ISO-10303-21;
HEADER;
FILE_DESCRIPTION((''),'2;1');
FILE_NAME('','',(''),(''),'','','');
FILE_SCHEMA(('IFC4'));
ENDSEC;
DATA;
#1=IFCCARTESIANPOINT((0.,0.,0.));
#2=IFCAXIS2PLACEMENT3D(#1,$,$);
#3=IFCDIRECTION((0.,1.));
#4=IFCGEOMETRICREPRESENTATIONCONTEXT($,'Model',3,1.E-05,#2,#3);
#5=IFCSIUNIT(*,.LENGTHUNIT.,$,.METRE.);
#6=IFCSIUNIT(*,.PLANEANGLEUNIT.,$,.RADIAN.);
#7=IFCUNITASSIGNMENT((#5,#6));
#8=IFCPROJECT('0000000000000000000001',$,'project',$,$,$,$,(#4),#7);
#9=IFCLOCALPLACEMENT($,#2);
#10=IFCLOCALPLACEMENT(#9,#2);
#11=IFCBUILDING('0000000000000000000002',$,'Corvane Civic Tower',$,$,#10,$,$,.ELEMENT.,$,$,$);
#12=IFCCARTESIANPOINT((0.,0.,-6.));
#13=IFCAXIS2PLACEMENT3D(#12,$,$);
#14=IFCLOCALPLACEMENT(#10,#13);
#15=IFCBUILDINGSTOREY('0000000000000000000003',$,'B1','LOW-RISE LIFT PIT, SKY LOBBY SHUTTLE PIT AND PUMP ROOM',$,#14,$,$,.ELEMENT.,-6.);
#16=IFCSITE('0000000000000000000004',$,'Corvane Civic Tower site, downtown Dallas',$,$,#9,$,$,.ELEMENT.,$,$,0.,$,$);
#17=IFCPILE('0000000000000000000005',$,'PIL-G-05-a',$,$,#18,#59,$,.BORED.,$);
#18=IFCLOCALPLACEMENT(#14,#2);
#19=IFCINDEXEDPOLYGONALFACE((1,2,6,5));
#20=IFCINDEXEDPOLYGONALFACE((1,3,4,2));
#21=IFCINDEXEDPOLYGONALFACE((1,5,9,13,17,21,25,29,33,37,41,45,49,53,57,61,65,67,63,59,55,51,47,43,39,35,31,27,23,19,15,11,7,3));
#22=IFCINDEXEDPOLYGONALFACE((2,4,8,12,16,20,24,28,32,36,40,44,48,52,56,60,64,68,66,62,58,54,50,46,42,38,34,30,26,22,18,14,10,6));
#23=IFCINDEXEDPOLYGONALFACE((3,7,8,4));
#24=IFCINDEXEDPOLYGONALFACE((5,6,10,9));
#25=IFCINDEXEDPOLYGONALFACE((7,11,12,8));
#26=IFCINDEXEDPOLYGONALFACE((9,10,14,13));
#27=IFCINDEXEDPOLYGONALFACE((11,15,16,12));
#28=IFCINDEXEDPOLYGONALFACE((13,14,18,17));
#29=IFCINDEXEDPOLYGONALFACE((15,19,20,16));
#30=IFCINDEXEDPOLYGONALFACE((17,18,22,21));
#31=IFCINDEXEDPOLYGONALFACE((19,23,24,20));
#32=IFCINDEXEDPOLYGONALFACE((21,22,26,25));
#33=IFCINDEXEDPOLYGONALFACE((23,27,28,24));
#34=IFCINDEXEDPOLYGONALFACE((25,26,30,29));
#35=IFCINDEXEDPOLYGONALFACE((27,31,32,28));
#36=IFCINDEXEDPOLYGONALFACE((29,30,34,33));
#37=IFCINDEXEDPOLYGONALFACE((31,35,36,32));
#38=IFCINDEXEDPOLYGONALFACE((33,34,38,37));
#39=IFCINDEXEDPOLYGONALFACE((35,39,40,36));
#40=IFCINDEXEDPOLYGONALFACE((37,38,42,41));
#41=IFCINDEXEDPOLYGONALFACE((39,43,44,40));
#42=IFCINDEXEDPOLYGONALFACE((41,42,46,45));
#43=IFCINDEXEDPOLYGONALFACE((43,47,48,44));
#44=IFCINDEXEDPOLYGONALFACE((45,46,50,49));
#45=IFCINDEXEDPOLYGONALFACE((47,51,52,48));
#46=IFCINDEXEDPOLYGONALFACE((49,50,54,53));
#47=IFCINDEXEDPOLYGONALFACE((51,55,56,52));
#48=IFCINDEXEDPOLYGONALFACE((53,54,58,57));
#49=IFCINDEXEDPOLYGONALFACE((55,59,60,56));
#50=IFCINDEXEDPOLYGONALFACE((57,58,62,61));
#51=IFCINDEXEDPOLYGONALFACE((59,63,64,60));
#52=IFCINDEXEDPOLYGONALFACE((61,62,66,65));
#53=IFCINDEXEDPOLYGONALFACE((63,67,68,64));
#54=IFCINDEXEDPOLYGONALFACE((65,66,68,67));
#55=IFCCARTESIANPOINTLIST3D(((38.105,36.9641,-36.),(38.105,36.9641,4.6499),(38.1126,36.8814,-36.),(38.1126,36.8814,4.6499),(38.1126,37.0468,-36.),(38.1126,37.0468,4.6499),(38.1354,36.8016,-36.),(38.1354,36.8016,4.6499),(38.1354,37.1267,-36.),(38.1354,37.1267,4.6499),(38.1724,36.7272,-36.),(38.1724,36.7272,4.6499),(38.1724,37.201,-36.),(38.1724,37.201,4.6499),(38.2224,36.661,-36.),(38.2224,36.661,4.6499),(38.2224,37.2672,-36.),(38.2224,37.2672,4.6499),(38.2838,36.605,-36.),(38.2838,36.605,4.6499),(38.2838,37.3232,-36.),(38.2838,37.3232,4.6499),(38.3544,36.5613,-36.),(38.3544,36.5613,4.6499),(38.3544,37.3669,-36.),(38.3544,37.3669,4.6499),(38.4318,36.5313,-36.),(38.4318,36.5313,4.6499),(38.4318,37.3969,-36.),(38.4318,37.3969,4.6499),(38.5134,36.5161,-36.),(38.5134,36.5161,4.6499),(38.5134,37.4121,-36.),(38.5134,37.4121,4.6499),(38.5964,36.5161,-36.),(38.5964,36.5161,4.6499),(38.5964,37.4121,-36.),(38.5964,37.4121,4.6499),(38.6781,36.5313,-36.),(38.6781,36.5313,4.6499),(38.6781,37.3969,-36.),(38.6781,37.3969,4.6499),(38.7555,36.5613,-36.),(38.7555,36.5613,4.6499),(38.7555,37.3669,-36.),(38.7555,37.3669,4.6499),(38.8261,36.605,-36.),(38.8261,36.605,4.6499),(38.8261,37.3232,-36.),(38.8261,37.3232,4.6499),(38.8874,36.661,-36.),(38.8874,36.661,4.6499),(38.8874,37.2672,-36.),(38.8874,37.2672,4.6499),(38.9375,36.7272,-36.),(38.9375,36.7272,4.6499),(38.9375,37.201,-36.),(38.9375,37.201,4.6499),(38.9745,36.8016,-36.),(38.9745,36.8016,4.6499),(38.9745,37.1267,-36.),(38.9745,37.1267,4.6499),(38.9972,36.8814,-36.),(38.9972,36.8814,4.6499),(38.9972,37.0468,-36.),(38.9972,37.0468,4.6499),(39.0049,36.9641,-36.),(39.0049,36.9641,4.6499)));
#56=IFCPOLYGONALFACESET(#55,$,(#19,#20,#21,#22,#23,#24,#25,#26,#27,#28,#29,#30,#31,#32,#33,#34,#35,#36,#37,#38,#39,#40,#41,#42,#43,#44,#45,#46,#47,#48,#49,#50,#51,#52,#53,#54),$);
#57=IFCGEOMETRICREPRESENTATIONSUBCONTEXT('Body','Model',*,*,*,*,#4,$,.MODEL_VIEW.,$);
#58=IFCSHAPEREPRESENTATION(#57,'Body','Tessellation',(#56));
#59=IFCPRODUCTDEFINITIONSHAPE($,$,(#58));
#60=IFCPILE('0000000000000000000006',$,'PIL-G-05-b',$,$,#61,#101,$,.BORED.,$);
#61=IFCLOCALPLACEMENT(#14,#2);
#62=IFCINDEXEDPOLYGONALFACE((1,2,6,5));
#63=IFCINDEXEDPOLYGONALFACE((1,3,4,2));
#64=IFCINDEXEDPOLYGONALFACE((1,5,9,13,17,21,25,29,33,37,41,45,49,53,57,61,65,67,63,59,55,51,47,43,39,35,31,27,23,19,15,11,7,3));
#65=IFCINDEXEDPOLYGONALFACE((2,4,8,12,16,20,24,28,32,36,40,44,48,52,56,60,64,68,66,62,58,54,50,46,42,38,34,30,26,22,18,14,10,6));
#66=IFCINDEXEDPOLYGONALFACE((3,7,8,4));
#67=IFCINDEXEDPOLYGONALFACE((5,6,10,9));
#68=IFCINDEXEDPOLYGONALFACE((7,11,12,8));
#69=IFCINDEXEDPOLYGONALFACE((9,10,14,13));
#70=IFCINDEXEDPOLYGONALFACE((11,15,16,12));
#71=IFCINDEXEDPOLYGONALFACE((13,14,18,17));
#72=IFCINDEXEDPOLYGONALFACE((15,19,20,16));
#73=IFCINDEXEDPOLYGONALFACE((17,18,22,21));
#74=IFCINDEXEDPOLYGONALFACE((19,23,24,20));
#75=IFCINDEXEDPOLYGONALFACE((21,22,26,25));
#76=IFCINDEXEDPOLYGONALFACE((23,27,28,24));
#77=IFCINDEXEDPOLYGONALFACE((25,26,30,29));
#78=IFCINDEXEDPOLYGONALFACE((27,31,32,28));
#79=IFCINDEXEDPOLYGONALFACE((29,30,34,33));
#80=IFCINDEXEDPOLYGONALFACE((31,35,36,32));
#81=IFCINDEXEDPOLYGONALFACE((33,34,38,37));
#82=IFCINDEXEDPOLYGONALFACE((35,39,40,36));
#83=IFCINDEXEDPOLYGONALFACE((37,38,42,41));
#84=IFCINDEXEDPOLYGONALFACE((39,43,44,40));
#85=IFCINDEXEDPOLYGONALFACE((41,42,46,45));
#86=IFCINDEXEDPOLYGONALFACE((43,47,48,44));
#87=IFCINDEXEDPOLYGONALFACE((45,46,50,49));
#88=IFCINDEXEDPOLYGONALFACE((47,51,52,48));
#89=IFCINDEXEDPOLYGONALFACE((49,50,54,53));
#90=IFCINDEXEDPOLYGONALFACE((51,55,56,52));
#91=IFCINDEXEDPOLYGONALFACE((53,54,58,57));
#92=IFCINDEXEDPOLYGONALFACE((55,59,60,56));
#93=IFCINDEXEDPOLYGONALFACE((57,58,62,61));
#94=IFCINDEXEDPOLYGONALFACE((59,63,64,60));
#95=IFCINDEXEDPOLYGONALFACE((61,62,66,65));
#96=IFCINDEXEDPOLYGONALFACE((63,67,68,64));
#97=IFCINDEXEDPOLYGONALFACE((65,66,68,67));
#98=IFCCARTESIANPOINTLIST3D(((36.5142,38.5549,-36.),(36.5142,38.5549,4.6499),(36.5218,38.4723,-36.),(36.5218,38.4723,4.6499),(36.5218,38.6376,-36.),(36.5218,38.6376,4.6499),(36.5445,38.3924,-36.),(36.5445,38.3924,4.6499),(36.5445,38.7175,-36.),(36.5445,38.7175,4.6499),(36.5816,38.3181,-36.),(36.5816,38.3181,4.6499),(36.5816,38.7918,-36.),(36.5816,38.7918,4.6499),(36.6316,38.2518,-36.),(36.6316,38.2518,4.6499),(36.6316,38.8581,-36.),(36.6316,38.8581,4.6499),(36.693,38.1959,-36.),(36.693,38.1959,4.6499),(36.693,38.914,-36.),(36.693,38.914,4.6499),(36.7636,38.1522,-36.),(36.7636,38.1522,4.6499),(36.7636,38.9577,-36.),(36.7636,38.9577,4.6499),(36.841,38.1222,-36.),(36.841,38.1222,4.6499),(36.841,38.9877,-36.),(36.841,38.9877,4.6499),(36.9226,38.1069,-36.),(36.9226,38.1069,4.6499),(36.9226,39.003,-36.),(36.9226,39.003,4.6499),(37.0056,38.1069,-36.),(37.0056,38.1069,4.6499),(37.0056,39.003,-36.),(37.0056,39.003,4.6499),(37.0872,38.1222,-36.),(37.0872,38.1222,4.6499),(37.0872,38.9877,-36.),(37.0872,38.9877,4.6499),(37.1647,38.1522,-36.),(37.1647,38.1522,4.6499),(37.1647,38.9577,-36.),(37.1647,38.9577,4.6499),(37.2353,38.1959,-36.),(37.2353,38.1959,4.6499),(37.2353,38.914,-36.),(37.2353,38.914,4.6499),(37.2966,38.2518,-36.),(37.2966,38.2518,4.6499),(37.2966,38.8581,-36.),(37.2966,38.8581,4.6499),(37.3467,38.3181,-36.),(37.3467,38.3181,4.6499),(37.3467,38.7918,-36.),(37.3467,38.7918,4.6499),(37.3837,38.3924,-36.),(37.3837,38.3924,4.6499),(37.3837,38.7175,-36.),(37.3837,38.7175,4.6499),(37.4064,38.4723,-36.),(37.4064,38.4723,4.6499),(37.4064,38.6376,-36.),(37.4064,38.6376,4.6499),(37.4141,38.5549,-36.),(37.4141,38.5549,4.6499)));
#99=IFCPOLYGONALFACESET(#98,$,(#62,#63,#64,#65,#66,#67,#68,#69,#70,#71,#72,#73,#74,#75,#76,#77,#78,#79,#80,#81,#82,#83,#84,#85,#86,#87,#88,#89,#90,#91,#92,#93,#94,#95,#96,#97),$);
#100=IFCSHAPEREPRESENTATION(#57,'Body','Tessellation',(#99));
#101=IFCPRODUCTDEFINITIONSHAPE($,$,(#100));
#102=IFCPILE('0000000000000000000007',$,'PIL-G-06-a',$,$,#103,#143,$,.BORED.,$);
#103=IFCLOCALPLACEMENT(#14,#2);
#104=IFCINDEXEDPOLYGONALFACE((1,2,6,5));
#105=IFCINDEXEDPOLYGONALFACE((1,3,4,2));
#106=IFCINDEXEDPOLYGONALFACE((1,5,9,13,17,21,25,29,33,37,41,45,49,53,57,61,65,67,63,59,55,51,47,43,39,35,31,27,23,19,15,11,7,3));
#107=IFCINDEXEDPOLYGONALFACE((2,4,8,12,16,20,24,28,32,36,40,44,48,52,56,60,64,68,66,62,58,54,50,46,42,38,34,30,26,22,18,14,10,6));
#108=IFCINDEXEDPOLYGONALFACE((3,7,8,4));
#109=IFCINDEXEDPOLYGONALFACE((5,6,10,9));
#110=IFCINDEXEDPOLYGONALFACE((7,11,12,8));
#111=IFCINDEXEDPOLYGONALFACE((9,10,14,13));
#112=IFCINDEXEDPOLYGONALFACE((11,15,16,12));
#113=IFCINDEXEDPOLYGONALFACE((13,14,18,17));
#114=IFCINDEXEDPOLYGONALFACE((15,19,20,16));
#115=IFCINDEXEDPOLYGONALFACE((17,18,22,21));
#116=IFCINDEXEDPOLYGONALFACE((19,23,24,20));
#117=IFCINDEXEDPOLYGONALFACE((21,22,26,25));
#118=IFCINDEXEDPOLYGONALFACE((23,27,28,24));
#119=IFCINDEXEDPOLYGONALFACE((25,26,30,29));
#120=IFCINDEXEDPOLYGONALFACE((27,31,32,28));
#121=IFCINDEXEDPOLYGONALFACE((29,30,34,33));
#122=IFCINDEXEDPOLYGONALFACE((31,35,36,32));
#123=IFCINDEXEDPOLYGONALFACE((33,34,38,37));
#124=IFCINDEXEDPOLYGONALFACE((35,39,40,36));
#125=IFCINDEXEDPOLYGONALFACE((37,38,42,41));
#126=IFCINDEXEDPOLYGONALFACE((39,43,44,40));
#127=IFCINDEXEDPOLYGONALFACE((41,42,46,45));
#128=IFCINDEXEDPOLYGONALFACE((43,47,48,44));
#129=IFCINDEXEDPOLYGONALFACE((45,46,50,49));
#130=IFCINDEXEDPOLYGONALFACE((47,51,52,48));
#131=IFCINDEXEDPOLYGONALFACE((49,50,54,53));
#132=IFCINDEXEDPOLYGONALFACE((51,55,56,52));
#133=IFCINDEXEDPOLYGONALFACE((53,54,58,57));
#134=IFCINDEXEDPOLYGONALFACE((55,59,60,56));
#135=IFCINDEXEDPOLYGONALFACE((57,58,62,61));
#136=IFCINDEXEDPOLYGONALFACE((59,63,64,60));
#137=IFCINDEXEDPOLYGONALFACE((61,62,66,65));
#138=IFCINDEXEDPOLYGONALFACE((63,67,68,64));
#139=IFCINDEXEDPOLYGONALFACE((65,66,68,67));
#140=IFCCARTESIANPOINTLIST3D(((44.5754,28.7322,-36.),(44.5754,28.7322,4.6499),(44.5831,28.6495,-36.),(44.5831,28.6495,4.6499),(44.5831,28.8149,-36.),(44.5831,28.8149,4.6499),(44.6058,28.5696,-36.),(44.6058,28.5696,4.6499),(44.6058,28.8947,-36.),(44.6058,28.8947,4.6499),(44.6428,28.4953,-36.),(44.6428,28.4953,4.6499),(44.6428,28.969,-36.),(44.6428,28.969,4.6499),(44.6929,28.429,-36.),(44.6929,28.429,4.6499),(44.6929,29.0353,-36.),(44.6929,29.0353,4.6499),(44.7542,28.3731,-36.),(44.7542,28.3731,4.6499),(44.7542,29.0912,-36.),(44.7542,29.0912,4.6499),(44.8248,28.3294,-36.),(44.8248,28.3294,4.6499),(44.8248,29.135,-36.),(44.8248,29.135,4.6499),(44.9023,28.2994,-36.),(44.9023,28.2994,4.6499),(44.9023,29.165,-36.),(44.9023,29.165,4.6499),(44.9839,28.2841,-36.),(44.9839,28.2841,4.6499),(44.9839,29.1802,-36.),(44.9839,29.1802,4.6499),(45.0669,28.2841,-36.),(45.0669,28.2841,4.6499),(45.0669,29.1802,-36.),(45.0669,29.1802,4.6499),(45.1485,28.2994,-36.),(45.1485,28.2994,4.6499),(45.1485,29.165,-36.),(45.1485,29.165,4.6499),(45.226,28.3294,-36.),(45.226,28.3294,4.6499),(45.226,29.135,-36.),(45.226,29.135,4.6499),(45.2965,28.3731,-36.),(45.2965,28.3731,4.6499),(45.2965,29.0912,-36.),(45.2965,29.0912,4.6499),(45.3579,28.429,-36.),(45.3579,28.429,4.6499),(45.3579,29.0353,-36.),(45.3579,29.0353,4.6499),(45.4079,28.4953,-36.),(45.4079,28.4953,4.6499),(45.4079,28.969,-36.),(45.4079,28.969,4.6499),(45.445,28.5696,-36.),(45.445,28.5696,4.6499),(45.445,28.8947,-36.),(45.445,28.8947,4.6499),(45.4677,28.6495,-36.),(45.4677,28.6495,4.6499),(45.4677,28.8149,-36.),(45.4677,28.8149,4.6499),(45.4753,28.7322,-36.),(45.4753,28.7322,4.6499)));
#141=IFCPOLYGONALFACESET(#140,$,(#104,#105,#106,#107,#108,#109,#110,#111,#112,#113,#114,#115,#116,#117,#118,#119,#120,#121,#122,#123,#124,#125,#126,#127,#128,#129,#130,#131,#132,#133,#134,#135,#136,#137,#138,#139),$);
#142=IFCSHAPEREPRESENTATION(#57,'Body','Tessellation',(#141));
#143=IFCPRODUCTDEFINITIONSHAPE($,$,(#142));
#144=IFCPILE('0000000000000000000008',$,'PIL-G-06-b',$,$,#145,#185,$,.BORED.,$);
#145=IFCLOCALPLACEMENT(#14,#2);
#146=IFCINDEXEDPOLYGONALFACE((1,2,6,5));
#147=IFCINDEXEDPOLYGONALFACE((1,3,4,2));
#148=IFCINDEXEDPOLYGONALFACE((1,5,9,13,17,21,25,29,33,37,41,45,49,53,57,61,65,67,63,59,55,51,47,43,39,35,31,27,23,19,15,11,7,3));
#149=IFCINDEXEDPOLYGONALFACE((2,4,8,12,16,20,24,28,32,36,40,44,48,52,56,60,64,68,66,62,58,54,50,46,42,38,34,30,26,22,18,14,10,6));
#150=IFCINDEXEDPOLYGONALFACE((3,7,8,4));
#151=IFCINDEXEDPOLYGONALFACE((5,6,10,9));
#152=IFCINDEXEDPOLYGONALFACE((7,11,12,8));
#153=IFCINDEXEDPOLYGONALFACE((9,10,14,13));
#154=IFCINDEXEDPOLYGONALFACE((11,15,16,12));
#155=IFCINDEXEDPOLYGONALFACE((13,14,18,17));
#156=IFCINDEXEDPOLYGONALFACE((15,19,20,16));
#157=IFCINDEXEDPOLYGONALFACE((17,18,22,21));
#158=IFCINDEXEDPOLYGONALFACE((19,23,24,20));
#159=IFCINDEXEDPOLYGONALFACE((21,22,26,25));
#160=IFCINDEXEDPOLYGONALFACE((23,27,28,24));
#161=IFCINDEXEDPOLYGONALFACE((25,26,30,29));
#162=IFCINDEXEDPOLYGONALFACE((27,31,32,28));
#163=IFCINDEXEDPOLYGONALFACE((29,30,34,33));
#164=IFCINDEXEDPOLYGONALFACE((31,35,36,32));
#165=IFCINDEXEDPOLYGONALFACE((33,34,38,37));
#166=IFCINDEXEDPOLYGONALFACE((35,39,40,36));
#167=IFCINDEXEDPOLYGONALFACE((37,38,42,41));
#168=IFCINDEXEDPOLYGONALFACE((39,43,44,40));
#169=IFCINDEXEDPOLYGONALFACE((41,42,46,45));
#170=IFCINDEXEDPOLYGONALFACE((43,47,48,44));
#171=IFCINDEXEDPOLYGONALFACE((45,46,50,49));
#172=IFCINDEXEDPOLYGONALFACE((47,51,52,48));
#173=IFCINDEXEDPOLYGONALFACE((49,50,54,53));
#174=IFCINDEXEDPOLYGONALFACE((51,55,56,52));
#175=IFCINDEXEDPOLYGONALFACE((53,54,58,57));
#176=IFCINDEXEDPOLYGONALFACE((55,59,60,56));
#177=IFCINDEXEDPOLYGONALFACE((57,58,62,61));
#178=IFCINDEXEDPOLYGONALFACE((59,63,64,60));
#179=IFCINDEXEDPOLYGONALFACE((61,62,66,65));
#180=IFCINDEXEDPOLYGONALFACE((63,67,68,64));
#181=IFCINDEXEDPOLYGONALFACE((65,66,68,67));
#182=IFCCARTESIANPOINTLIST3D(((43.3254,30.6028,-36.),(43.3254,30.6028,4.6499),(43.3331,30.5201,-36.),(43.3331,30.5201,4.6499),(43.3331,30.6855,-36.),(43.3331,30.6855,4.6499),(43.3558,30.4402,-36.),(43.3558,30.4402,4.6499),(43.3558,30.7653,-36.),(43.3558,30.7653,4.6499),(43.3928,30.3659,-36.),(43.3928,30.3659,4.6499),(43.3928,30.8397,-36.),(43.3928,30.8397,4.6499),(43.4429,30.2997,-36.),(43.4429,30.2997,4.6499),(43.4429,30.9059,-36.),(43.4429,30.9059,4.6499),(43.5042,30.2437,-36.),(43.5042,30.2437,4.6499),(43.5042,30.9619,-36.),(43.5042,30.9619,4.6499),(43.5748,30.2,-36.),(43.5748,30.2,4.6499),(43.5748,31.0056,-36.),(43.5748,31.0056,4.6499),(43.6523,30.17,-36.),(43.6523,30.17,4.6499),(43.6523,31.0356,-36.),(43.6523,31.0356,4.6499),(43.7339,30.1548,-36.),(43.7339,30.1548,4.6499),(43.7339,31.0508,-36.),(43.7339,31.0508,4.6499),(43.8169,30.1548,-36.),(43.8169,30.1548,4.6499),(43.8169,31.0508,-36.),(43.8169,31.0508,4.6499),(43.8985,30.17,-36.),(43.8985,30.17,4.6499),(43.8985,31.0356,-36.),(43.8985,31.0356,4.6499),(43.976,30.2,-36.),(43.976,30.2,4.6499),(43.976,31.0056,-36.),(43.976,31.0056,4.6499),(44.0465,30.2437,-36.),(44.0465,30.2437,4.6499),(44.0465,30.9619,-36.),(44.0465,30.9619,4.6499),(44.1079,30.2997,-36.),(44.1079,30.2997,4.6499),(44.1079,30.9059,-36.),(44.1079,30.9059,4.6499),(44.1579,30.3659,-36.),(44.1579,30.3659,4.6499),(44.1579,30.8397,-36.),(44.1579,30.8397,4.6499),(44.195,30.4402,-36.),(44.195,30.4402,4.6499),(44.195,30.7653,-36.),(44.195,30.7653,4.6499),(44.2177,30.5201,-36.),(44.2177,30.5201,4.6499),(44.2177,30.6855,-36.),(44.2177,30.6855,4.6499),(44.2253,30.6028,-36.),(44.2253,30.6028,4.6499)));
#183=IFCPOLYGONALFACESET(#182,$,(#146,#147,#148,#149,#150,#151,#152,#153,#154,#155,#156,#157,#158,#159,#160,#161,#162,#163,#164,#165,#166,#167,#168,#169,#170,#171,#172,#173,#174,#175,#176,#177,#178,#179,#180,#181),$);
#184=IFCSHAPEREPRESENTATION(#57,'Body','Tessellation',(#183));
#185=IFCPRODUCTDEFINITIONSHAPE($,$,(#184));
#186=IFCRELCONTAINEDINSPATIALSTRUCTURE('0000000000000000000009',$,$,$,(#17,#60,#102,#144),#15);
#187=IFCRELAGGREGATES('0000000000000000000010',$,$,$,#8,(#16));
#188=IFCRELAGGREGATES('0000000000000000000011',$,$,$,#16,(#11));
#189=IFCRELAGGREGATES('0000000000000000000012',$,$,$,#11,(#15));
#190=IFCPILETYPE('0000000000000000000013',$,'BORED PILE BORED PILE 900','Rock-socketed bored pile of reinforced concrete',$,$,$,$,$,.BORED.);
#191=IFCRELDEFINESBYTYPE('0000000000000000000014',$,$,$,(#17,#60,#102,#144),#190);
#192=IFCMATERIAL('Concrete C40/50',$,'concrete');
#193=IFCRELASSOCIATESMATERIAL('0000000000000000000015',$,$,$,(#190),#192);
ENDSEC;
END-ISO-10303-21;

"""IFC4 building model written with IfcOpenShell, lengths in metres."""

from ifc_helpers import new_model, si_unit, direction, frame, origin, origin_2d, place, context, subcontext, project, spatial, circle, extrude, material, material_profile, profile_set, type_object, element, save


model = new_model("IFC4")

# Units and contexts
model_context = context("Model", 3, precision=1e-05, world=origin(), true_north=direction((0.0, 1.0)))
body_context = subcontext(model_context, "Body", "Model", "MODEL_VIEW")
ifc_project = project(units=[si_unit("LENGTHUNIT", "METRE"), si_unit("PLANEANGLEUNIT", "RADIAN")], contexts=[model_context])

# Site, building, storey
site_placement = place(None, origin())
site = spatial("IfcSite", under=ifc_project, at=site_placement, Name="Corvane Civic Tower site, downtown Dallas", CompositionType="ELEMENT", RefElevation=0.0)
building_placement = place(site_placement, origin())
building = spatial("IfcBuilding", under=site, at=building_placement, Name="Corvane Civic Tower", CompositionType="ELEMENT")
storey_placement = place(building_placement, frame((0.0, 0.0, -6.0)))
storey = spatial("IfcBuildingStorey", under=building, at=storey_placement, Name="B1", Description="LOW-RISE LIFT PIT, SKY LOBBY SHUTTLE PIT AND PUMP ROOM", CompositionType="ELEMENT", Elevation=-6.0)

# Piles
ifc_material_1 = material(Name="Concrete C40/50", Category="concrete")
ifc_material_profile_1 = material_profile(ifc_material_1, circle(Radius=0.45, at=origin_2d()), Name="BORED PILE 900")
ifc_profile_set_1 = profile_set([ifc_material_profile_1], Name="Concrete C40/50")
pile_type_1 = type_object("IfcPileType", Name="BORED PILE BORED PILE 900", Description="Rock-socketed bored pile of reinforced concrete", PredefinedType="BORED", material=ifc_profile_set_1)
for number, where, z_axis, x_axis, name in (
    (1, (38.5549, 36.9641, 4.6499), (0.0, 0.0, -1.0), (1.0, 0.0, 0.0), "PIL-G-05-a"),
    (2, (36.9641, 38.5549, 4.6499), (0.0, 0.0, -1.0), (1.0, 0.0, 0.0), "PIL-G-05-b"),
    (3, (45.0254, 28.7322, 4.6499), (0.0, 0.0, -1.0), (1.0, 0.0, 0.0), "PIL-G-06-a"),
    (4, (43.7754, 30.6028, 4.6499), (0.0, 0.0, -1.0), (1.0, 0.0, 0.0), "PIL-G-06-b"),
):
    element("IfcPile", number, at=place(storey_placement, frame(where, z_axis=z_axis, x_axis=x_axis)), inside=storey, type_object=pile_type_1, Name=name, PredefinedType="BORED", context=body_context, shape_type="SweptSolid", body=[
        extrude(circle(Radius=0.45, at=origin_2d()), origin(), (0.0, 0.0, 1.0), 40.6499),
    ])

save(model, "model.ifc")
